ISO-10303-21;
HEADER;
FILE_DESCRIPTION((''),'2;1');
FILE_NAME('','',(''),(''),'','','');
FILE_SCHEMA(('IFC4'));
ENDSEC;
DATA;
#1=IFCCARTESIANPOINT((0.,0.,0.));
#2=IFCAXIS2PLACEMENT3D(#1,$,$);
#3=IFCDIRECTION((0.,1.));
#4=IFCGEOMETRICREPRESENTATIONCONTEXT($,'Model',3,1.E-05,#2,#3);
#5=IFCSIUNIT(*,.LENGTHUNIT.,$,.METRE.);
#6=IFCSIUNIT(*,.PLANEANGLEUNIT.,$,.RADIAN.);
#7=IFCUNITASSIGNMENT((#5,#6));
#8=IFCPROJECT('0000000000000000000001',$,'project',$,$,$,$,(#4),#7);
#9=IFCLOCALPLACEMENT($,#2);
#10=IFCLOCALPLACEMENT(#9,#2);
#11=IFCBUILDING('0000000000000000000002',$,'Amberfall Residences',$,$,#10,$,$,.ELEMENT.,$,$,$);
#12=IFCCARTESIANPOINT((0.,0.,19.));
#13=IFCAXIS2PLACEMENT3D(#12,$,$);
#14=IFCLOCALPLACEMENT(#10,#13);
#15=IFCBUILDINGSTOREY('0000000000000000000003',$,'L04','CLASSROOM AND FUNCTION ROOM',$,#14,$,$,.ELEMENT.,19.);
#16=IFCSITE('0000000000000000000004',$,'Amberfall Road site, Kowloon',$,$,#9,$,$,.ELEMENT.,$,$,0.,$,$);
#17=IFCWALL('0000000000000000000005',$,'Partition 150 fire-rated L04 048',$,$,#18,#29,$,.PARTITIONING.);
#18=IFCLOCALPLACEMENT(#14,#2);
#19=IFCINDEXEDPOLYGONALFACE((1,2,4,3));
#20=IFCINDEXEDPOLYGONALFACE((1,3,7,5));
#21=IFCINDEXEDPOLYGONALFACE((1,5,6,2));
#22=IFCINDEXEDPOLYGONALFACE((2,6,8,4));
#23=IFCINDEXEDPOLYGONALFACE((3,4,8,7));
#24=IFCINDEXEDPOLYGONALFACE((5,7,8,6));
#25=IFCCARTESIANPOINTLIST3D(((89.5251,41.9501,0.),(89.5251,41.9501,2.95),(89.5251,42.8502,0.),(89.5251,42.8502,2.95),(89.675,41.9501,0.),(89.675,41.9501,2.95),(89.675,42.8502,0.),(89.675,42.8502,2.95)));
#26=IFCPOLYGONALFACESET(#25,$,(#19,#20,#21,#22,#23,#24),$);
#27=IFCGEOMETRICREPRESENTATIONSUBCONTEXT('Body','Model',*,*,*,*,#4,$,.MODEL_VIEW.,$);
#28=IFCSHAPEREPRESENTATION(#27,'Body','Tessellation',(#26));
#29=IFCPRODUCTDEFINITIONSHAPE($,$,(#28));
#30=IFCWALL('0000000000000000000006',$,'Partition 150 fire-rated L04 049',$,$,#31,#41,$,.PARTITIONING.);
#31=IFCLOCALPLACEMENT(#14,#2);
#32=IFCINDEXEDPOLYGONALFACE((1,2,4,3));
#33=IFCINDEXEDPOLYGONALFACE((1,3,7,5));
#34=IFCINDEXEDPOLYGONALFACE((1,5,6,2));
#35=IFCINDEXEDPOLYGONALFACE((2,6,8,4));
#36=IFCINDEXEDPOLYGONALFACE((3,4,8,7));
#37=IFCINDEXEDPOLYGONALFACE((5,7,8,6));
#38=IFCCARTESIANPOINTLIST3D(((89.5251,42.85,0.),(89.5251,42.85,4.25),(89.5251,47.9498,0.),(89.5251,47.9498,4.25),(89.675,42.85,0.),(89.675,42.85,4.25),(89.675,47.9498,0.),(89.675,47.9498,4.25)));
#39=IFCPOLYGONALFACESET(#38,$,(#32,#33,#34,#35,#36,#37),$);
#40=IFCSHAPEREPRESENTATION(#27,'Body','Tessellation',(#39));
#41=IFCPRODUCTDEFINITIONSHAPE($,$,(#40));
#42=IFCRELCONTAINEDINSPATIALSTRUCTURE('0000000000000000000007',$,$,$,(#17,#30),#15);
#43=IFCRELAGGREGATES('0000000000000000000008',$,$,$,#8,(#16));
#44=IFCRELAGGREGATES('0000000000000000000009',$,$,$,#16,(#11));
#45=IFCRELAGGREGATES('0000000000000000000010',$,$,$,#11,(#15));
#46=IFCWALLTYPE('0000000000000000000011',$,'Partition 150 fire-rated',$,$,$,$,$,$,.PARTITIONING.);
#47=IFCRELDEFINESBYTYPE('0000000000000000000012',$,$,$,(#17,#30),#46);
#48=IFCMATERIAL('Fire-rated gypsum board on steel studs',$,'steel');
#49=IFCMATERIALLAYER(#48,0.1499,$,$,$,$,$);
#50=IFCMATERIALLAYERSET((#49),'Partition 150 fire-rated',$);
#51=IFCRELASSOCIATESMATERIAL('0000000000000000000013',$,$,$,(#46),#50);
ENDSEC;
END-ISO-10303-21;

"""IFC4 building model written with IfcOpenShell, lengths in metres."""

from ifc_helpers import new_model, si_unit, direction, frame, frame_2d, origin, place, context, subcontext, project, spatial, rectangle, extrude, material, layer, layer_set, type_object, element, save


model = new_model("IFC4")

# Units and contexts
model_context = context("Model", 3, precision=1e-05, world=origin(), true_north=direction((0.0, 1.0)))
body_context = subcontext(model_context, "Body", "Model", "MODEL_VIEW")
ifc_project = project(units=[si_unit("LENGTHUNIT", "METRE"), si_unit("PLANEANGLEUNIT", "RADIAN")], contexts=[model_context])

# Site, building, storey
site_placement = place(None, origin())
site = spatial("IfcSite", under=ifc_project, at=site_placement, Name="Amberfall Road site, Kowloon", CompositionType="ELEMENT", RefElevation=0.0)
building_placement = place(site_placement, origin())
building = spatial("IfcBuilding", under=site, at=building_placement, Name="Amberfall Residences", CompositionType="ELEMENT")
storey_placement = place(building_placement, frame((0.0, 0.0, 19.0)))
storey = spatial("IfcBuildingStorey", under=building, at=storey_placement, Name="L04", Description="CLASSROOM AND FUNCTION ROOM", CompositionType="ELEMENT", Elevation=19.0)

# Shared definitions
ifc_material_1 = material(Name="Fire-rated gypsum board on steel studs", Category="steel")
ifc_layer_1 = layer(ifc_material_1, 0.1499)
ifc_layer_set_1 = layer_set([ifc_layer_1], Name="Partition 150 fire-rated")
wall_type = type_object("IfcWallType", Name="Partition 150 fire-rated", PredefinedType="PARTITIONING", material=ifc_layer_set_1)

# Walls
wall_1_placement = place(storey_placement, frame((89.6001, 41.95, 0.0), z_axis=(0.0, 0.0, 1.0), x_axis=(0.0, 1.0, 0.0)))
element("IfcWall", 1, at=wall_1_placement, inside=storey, type_object=wall_type, Name="Partition 150 fire-rated L04 048", PredefinedType="PARTITIONING", context=body_context, shape_type="SweptSolid", body=[
    extrude(rectangle(XDim=0.9001, YDim=0.1499, at=frame_2d((0.4502, 0.0))), origin(), (0.0, 0.0, 1.0), 2.95),
])
wall_2_placement = place(storey_placement, frame((89.6001, 42.8501, 0.0), z_axis=(0.0, 0.0, 1.0), x_axis=(0.0, 1.0, 0.0)))
element("IfcWall", 2, at=wall_2_placement, inside=storey, type_object=wall_type, Name="Partition 150 fire-rated L04 049", PredefinedType="PARTITIONING", context=body_context, shape_type="SweptSolid", body=[
    extrude(rectangle(XDim=5.0999, YDim=0.1499, at=frame_2d((2.5498, 0.0))), origin(), (0.0, 0.0, 1.0), 4.25),
])

save(model, "model.ifc")
